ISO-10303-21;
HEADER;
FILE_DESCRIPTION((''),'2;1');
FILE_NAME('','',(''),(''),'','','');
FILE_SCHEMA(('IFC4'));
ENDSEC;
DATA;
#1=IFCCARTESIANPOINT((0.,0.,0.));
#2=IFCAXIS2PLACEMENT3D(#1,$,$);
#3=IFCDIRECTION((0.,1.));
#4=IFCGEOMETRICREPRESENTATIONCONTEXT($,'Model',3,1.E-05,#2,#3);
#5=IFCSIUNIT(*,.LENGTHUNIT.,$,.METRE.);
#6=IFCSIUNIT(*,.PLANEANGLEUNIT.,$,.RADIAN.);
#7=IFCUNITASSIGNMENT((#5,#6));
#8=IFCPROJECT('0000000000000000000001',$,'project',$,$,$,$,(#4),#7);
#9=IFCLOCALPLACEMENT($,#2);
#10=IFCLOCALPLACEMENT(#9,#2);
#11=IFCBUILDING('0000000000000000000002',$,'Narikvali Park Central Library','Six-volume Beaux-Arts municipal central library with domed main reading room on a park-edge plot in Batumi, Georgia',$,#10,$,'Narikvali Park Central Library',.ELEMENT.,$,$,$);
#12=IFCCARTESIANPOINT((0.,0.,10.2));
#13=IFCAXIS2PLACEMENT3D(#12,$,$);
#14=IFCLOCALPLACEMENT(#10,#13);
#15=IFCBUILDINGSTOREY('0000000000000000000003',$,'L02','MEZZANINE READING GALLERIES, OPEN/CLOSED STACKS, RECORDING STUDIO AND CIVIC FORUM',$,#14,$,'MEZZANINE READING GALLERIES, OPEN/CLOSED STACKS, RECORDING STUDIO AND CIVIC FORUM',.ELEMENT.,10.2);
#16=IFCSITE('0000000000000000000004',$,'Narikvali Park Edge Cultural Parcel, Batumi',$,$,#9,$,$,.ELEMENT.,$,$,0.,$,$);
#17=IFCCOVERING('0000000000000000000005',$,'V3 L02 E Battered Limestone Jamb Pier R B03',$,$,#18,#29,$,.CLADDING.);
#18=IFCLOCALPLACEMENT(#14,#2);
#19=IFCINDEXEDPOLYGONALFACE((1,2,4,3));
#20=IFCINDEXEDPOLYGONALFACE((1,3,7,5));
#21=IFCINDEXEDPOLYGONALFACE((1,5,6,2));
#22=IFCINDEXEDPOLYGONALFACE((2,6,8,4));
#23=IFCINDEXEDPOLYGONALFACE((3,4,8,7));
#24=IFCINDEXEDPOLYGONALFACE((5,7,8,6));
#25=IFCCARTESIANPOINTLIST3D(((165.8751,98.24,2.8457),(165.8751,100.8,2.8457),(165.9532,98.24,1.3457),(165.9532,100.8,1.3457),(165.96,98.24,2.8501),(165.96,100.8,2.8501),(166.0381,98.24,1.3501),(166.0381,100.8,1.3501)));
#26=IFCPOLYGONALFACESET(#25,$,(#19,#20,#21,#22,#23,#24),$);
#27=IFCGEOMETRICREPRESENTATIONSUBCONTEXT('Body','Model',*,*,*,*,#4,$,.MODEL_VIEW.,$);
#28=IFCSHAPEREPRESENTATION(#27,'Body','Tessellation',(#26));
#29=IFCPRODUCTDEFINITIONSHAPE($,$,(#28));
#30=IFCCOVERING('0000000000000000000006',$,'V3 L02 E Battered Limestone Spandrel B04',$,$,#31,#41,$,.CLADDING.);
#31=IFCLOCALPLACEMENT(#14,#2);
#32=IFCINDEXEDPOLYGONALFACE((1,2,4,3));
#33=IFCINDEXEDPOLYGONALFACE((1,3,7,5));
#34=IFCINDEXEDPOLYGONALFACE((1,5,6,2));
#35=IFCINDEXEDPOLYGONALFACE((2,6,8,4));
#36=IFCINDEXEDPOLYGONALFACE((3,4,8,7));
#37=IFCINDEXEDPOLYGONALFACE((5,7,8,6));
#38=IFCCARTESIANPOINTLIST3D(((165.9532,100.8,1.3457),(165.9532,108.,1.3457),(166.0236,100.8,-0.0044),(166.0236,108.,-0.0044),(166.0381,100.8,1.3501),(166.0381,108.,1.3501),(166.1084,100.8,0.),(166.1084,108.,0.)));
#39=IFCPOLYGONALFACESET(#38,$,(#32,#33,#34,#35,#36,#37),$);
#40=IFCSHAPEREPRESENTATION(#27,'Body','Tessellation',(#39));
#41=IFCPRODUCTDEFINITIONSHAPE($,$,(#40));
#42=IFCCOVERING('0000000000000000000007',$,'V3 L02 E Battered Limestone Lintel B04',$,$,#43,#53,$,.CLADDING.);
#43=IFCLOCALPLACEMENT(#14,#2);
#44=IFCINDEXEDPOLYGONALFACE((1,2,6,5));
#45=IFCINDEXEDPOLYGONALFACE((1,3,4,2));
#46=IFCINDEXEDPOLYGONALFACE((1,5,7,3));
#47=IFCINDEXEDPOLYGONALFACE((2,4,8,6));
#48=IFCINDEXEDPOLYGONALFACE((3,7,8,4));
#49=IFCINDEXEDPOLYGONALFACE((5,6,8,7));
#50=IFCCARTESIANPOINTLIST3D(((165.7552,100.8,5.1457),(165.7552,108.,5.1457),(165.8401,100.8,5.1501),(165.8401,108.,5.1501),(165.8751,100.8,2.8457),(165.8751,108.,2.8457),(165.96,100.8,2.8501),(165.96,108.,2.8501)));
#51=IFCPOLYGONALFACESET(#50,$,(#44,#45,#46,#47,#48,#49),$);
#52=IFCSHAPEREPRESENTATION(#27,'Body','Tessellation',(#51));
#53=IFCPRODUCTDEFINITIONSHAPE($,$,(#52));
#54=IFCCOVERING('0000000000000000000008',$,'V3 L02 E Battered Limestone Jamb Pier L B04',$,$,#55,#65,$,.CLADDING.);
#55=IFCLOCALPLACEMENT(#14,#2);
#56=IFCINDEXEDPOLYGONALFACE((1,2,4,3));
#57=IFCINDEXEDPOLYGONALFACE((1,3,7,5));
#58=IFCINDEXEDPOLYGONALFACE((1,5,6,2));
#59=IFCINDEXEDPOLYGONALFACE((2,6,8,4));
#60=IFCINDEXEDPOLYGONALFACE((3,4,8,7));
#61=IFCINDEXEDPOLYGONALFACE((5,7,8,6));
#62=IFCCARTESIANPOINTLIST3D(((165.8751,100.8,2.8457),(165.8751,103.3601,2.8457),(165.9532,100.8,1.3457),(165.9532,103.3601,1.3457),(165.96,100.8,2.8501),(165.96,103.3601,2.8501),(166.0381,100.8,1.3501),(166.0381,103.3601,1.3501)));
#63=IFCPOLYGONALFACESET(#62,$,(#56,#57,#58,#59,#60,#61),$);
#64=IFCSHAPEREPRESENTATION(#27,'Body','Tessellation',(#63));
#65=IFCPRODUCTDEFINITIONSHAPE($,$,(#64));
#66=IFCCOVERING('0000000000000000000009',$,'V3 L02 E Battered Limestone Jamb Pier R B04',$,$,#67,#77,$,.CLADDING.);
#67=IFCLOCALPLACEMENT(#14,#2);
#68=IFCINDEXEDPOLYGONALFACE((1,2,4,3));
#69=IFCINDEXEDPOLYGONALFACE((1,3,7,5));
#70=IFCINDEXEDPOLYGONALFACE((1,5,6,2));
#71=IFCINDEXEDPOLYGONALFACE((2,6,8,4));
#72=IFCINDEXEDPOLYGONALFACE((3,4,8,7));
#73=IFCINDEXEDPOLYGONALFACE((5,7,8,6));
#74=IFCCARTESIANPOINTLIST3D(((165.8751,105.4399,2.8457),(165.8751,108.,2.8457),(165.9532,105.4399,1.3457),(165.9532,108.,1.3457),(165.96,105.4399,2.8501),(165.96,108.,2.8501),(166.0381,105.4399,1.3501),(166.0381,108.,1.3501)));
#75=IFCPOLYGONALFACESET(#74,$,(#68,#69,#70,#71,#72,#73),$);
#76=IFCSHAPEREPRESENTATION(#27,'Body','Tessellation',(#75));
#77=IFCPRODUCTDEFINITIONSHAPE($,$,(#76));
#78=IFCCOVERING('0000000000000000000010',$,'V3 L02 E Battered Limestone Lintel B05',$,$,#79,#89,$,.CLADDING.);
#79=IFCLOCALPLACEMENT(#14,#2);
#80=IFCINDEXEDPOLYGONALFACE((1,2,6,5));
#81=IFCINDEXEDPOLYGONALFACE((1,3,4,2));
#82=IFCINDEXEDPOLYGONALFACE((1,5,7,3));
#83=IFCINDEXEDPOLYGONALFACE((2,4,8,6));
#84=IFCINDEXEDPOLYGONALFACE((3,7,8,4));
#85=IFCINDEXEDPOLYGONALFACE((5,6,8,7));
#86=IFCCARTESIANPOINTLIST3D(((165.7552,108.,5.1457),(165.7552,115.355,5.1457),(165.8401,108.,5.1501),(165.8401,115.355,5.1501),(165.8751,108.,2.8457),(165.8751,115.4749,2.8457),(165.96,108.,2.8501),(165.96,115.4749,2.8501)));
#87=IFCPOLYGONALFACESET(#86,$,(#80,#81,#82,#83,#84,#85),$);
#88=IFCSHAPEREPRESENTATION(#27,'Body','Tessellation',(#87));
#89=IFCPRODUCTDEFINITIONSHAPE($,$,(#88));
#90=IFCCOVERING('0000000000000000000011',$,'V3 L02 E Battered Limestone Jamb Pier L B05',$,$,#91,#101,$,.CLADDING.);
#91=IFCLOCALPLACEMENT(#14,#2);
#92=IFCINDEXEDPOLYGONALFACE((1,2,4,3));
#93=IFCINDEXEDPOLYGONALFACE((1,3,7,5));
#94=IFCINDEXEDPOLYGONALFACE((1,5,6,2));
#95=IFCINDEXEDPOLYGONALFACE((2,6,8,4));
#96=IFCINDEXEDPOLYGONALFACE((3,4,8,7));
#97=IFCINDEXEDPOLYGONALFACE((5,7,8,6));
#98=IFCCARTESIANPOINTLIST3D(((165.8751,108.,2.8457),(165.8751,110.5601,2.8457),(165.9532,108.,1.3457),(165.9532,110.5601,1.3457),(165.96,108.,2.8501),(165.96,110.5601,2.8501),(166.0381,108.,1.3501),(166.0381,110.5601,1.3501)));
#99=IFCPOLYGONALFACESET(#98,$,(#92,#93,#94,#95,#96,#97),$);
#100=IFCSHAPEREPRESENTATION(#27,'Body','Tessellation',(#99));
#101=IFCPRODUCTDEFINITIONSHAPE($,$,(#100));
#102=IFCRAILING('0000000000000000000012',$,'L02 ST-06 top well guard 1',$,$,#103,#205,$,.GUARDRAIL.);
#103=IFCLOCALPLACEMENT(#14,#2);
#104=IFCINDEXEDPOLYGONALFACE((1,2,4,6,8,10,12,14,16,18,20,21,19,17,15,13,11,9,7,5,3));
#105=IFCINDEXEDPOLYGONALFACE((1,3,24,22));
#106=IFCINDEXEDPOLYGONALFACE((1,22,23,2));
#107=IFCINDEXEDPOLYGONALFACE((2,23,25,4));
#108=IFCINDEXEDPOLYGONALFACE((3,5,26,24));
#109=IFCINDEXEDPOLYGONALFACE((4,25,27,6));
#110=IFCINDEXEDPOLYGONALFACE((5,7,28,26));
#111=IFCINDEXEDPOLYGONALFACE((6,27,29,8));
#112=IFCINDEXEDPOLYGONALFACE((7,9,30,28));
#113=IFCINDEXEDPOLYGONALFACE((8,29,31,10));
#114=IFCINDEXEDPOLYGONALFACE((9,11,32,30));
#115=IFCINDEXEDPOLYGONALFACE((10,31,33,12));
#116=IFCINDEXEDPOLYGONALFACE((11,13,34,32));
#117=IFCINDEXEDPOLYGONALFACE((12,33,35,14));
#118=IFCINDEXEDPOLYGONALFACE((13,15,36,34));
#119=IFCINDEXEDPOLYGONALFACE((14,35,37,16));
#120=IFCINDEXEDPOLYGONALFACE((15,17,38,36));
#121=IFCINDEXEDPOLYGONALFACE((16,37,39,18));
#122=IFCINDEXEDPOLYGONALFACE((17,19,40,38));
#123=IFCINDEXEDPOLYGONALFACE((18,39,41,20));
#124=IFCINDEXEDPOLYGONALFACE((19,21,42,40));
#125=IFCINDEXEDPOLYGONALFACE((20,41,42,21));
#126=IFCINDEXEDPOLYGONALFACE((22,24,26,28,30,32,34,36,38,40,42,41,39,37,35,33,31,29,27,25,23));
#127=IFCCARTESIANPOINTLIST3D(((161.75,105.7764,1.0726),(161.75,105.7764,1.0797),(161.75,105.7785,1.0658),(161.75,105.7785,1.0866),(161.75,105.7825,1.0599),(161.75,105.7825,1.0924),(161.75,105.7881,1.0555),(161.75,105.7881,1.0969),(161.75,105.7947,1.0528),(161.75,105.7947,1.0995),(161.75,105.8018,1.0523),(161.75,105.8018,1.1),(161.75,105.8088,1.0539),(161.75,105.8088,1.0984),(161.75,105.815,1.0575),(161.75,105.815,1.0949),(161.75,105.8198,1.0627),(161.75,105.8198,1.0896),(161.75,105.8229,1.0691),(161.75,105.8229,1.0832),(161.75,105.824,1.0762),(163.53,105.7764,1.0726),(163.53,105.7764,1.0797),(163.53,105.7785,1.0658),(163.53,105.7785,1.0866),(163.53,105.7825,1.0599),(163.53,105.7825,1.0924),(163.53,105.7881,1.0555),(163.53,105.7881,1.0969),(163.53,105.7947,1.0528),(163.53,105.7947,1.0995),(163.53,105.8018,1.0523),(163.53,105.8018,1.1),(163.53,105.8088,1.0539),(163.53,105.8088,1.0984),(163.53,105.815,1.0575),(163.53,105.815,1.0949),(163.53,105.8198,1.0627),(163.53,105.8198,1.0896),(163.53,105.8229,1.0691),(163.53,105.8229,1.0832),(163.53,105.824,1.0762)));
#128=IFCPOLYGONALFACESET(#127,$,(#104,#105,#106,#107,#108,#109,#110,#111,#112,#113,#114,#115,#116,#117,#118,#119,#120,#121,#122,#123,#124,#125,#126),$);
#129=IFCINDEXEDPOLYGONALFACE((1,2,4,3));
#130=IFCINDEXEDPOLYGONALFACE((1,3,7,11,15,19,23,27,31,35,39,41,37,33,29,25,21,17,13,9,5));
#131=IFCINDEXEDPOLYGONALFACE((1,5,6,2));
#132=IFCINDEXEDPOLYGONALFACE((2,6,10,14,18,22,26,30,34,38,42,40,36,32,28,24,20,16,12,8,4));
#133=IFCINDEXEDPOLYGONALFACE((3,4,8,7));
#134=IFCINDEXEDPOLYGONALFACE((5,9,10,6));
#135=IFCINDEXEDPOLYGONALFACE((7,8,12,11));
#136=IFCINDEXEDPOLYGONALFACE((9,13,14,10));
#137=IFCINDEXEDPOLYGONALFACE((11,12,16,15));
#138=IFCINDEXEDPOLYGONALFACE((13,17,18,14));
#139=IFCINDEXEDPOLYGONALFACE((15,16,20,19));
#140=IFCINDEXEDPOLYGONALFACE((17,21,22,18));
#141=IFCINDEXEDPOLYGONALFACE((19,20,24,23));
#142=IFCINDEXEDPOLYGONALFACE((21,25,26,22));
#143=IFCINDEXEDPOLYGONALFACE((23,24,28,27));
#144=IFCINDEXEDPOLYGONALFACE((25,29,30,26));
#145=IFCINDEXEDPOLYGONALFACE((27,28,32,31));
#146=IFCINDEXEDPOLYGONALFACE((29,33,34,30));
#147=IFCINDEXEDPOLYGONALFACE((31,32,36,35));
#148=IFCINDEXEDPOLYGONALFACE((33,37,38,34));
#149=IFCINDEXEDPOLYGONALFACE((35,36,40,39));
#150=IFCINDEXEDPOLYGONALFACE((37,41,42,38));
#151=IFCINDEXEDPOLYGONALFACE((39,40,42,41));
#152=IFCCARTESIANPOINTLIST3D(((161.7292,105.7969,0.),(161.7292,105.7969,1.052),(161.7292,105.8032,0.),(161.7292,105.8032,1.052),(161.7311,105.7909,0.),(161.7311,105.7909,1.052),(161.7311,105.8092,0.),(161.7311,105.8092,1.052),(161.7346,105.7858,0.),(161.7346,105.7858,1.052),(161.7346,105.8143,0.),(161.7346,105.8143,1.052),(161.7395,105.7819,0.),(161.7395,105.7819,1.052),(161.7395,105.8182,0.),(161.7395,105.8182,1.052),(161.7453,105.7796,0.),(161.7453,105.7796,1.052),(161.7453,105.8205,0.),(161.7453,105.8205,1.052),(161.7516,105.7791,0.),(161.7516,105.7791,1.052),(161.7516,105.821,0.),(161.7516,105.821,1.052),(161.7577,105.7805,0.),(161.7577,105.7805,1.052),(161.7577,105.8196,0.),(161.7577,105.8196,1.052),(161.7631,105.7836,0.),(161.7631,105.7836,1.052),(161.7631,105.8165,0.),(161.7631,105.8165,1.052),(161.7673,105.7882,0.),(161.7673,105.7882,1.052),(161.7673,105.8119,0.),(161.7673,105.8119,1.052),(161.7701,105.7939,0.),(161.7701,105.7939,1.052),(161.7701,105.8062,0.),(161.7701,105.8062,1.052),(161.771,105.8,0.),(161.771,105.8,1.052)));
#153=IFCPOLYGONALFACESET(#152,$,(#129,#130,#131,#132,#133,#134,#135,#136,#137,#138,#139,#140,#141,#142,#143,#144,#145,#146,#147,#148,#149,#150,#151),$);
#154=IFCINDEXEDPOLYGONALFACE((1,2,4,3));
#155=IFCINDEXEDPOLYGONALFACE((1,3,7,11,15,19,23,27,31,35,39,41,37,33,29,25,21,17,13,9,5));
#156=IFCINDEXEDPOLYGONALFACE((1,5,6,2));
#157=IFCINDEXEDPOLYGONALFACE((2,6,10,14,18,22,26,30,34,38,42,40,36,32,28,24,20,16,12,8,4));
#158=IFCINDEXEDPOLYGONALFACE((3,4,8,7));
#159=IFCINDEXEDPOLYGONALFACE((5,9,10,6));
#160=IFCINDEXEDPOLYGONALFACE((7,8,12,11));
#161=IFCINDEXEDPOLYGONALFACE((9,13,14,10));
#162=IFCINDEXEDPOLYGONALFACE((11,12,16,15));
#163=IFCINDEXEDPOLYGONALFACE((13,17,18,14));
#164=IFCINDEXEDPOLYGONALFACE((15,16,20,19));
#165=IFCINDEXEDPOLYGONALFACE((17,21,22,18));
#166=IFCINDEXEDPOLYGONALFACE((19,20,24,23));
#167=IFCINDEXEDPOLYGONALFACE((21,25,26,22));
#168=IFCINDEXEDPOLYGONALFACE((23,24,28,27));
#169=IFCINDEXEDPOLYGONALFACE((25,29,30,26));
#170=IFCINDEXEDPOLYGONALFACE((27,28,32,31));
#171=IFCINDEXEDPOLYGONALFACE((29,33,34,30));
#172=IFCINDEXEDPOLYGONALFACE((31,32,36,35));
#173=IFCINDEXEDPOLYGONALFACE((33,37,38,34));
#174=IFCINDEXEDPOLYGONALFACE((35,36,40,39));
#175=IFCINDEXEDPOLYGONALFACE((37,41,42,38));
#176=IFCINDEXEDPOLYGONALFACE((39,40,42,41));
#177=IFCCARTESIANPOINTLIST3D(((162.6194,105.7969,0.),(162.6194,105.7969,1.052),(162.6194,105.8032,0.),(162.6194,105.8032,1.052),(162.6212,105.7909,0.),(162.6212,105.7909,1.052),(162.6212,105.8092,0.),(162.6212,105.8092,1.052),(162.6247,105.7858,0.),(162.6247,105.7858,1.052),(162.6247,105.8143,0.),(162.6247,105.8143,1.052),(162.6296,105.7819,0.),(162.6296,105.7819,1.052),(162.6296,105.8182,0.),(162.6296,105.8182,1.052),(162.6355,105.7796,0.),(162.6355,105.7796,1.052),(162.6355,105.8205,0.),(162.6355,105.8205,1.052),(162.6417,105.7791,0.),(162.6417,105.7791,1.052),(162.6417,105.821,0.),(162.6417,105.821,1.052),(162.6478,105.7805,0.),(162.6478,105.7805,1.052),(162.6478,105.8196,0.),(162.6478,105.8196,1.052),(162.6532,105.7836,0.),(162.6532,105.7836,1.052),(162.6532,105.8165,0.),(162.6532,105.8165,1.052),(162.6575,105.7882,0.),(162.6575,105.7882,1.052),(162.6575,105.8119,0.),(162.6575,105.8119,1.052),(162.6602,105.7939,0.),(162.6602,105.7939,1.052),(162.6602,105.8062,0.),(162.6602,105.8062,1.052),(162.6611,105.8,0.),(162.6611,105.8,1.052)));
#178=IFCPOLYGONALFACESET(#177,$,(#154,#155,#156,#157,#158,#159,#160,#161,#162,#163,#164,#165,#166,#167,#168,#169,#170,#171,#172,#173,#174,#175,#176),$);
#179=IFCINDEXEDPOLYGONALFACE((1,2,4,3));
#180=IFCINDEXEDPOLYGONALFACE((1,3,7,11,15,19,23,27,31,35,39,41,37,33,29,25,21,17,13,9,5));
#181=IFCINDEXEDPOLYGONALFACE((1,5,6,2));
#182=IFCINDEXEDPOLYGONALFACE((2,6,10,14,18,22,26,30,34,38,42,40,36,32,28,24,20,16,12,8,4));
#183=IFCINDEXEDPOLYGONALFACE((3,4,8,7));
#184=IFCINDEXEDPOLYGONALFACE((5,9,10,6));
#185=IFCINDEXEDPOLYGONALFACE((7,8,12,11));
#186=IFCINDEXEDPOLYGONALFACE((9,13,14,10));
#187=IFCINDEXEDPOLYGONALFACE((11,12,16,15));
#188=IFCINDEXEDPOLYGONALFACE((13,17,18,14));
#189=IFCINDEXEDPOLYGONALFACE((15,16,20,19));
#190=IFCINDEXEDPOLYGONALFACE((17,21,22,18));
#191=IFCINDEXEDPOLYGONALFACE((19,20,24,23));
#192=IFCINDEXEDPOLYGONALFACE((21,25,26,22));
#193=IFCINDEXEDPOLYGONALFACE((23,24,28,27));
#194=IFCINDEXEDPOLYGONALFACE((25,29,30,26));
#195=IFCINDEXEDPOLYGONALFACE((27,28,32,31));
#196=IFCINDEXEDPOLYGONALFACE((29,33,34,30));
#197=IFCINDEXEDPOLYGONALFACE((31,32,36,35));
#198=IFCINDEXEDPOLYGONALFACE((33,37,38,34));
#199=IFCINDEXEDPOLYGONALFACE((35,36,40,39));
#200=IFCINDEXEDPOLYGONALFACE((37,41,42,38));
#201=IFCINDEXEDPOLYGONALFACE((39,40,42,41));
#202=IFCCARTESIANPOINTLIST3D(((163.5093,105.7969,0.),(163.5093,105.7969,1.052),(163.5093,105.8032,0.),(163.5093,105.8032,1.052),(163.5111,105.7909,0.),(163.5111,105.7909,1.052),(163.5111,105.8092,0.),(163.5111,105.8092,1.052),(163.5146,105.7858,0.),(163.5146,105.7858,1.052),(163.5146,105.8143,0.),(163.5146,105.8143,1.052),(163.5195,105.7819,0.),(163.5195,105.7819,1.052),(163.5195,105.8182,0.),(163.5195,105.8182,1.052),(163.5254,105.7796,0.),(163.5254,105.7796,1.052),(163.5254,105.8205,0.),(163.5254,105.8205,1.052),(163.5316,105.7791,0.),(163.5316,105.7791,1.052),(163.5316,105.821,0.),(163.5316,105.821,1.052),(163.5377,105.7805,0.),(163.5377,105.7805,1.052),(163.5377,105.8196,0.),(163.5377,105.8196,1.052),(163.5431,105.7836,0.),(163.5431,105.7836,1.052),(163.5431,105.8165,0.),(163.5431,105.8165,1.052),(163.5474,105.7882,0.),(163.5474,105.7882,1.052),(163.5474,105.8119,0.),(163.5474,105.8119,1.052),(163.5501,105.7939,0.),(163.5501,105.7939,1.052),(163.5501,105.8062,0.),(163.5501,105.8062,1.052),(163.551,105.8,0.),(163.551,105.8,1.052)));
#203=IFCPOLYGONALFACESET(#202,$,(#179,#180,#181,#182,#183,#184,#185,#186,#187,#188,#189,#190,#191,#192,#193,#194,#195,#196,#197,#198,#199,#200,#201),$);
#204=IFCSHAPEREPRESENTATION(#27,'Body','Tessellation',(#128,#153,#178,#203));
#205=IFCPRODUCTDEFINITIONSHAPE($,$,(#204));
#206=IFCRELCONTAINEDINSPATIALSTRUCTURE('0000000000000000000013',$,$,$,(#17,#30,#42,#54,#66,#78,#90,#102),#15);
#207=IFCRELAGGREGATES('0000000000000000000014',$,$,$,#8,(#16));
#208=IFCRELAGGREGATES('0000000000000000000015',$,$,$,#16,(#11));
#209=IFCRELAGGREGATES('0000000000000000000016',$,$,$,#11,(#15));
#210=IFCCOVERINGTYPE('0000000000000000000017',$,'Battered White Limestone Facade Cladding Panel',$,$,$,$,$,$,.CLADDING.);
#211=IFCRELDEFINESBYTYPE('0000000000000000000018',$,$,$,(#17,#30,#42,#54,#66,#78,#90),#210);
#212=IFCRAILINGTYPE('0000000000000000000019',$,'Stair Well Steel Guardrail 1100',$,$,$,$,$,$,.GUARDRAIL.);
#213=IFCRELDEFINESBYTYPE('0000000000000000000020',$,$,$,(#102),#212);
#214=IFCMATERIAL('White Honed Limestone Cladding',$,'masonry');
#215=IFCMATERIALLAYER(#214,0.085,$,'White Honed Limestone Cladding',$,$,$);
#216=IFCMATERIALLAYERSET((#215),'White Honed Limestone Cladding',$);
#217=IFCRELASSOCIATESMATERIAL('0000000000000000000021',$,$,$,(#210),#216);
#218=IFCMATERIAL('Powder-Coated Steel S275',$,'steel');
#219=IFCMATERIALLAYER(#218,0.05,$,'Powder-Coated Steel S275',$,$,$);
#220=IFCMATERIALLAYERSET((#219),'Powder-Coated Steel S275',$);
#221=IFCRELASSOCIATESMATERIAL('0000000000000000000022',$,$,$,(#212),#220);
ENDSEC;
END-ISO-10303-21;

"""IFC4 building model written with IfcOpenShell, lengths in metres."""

from ifc_helpers import new_model, si_unit, direction, frame, origin, origin_2d, place, context, subcontext, project, spatial, polyline, circle, outline, extrude, material, layer, layer_set, type_object, element, save


model = new_model("IFC4")

# Units and contexts
model_context = context("Model", 3, precision=1e-05, world=origin(), true_north=direction((0.0, 1.0)))
body_context = subcontext(model_context, "Body", "Model", "MODEL_VIEW")
ifc_project = project(units=[si_unit("LENGTHUNIT", "METRE"), si_unit("PLANEANGLEUNIT", "RADIAN")], contexts=[model_context])

# Site, building, storey
site_placement = place(None, origin())
site = spatial("IfcSite", under=ifc_project, at=site_placement, Name="Narikvali Park Edge Cultural Parcel, Batumi", CompositionType="ELEMENT", RefElevation=0.0)
building_placement = place(site_placement, origin())
building = spatial("IfcBuilding", under=site, at=building_placement, Name="Narikvali Park Central Library", Description="Six-volume Beaux-Arts municipal central library with domed main reading room on a park-edge plot in Batumi, Georgia", LongName="Narikvali Park Central Library", CompositionType="ELEMENT")
storey_placement = place(building_placement, frame((0.0, 0.0, 10.2)))
storey = spatial("IfcBuildingStorey", under=building, at=storey_placement, Name="L02", Description="MEZZANINE READING GALLERIES, OPEN/CLOSED STACKS, RECORDING STUDIO AND CIVIC FORUM", LongName="MEZZANINE READING GALLERIES, OPEN/CLOSED STACKS, RECORDING STUDIO AND CIVIC FORUM", CompositionType="ELEMENT", Elevation=10.2)

# Coverings
ifc_material_1 = material(Name="White Honed Limestone Cladding", Category="masonry")
ifc_layer_1 = layer(ifc_material_1, 0.085, Name="White Honed Limestone Cladding")
ifc_layer_set_1 = layer_set([ifc_layer_1], Name="White Honed Limestone Cladding")
covering_type = type_object("IfcCoveringType", Name="Battered White Limestone Facade Cladding Panel", PredefinedType="CLADDING", material=ifc_layer_set_1)
covering_1_placement = place(storey_placement, frame((166.0381, 98.24, 1.3501), z_axis=(0.998646, 0.0, 0.052013), x_axis=(0.0, 1.0, 0.0)))
element("IfcCovering", 1, at=covering_1_placement, inside=storey, type_object=covering_type, Name="V3 L02 E Battered Limestone Jamb Pier R B03", PredefinedType="CLADDING", context=body_context, shape_type="SweptSolid", body=[
    extrude(outline(polyline([(0.0, 0.0), (2.5601, 0.0), (2.5601, 1.502), (0.0, 1.502), (0.0, 0.0)])), origin(), (0.0, 0.0, -1.0), 0.085),
])
covering_2_placement = place(storey_placement, frame((166.1084, 100.8, 0.0), z_axis=(0.998647, 0.0, 0.052009), x_axis=(0.0, 1.0, 0.0)))
element("IfcCovering", 2, at=covering_2_placement, inside=storey, type_object=covering_type, Name="V3 L02 E Battered Limestone Spandrel B04", PredefinedType="CLADDING", context=body_context, shape_type="SweptSolid", body=[
    extrude(outline(polyline([(0.0, 0.0), (7.2, 0.0), (7.2, 1.3519), (0.0, 1.3519), (0.0, 0.0)])), origin(), (0.0, 0.0, -1.0), 0.085),
])
covering_3_placement = place(storey_placement, frame((165.96, 100.8, 2.8501), z_axis=(0.998645, 0.0, 0.052047), x_axis=(0.0, 1.0, 0.0)))
element("IfcCovering", 3, at=covering_3_placement, inside=storey, type_object=covering_type, Name="V3 L02 E Battered Limestone Lintel B04", PredefinedType="CLADDING", context=body_context, shape_type="SweptSolid", body=[
    extrude(outline(polyline([(0.0, 0.0), (7.2, 0.0), (7.2, 2.3032), (0.0, 2.3032), (0.0, 0.0)])), origin(), (0.0, 0.0, -1.0), 0.085),
])
for number, where, z_axis, x_axis, name in (
    (4, (166.0381, 100.8, 1.3501), (0.998646, 0.0, 0.052013), (0.0, 1.0, 0.0), "V3 L02 E Battered Limestone Jamb Pier L B04"),
    (5, (166.0381, 105.4399, 1.3501), (0.998646, 0.0, 0.052013), (0.0, 1.0, 0.0), "V3 L02 E Battered Limestone Jamb Pier R B04"),
):
    element("IfcCovering", number, at=place(storey_placement, frame(where, z_axis=z_axis, x_axis=x_axis)), inside=storey, type_object=covering_type, Name=name, PredefinedType="CLADDING", context=body_context, shape_type="SweptSolid", body=[
        extrude(outline(polyline([(0.0, 0.0), (2.5601, 0.0), (2.5601, 1.502), (0.0, 1.502), (0.0, 0.0)])), origin(), (0.0, 0.0, -1.0), 0.085),
    ])
covering_4_placement = place(storey_placement, frame((165.96, 108.0, 2.8501), z_axis=(0.998645, 0.0, 0.052047), x_axis=(0.0, 1.0, 0.0)))
element("IfcCovering", 6, at=covering_4_placement, inside=storey, type_object=covering_type, Name="V3 L02 E Battered Limestone Lintel B05", PredefinedType="CLADDING", context=body_context, shape_type="SweptSolid", body=[
    extrude(outline(polyline([(0.0, 0.0), (7.4749, 0.0), (7.355, 2.3032), (0.0, 2.3032), (0.0, 0.0)])), origin(), (0.0, 0.0, -1.0), 0.085),
])
covering_5_placement = place(storey_placement, frame((166.0381, 108.0, 1.3501), z_axis=(0.998646, 0.0, 0.052013), x_axis=(0.0, 1.0, 0.0)))
element("IfcCovering", 7, at=covering_5_placement, inside=storey, type_object=covering_type, Name="V3 L02 E Battered Limestone Jamb Pier L B05", PredefinedType="CLADDING", context=body_context, shape_type="SweptSolid", body=[
    extrude(outline(polyline([(0.0, 0.0), (2.5601, 0.0), (2.5601, 1.502), (0.0, 1.502), (0.0, 0.0)])), origin(), (0.0, 0.0, -1.0), 0.085),
])

# Railing
ifc_material_2 = material(Name="Powder-Coated Steel S275", Category="steel")
ifc_layer_2 = layer(ifc_material_2, 0.05, Name="Powder-Coated Steel S275")
ifc_layer_set_2 = layer_set([ifc_layer_2], Name="Powder-Coated Steel S275")
railing_type = type_object("IfcRailingType", Name="Stair Well Steel Guardrail 1100", PredefinedType="GUARDRAIL", material=ifc_layer_set_2)
railing_placement = place(storey_placement, frame((161.75, 105.8, 0.0)))
element("IfcRailing", 8, at=railing_placement, inside=storey, type_object=railing_type, Name="L02 ST-06 top well guard 1", PredefinedType="GUARDRAIL", context=body_context, shape_type="SweptSolid", body=[
    extrude(circle(Radius=0.0239, at=origin_2d()), frame((0.0, 0.0, 1.0762), z_axis=(1.0, 0.0, 0.0), x_axis=(0.0, 1.0, 0.0)), (0.0, 0.0, 1.0), 1.78),
    extrude(circle(Radius=0.021, at=origin_2d()), origin(), (0.0, 0.0, 1.0), 1.052),
    extrude(circle(Radius=0.021, at=origin_2d()), frame((0.8901, 0.0, 0.0)), (0.0, 0.0, 1.0), 1.052),
    extrude(circle(Radius=0.021, at=origin_2d()), frame((1.78, 0.0, 0.0)), (0.0, 0.0, 1.0), 1.052),
])

save(model, "model.ifc")
